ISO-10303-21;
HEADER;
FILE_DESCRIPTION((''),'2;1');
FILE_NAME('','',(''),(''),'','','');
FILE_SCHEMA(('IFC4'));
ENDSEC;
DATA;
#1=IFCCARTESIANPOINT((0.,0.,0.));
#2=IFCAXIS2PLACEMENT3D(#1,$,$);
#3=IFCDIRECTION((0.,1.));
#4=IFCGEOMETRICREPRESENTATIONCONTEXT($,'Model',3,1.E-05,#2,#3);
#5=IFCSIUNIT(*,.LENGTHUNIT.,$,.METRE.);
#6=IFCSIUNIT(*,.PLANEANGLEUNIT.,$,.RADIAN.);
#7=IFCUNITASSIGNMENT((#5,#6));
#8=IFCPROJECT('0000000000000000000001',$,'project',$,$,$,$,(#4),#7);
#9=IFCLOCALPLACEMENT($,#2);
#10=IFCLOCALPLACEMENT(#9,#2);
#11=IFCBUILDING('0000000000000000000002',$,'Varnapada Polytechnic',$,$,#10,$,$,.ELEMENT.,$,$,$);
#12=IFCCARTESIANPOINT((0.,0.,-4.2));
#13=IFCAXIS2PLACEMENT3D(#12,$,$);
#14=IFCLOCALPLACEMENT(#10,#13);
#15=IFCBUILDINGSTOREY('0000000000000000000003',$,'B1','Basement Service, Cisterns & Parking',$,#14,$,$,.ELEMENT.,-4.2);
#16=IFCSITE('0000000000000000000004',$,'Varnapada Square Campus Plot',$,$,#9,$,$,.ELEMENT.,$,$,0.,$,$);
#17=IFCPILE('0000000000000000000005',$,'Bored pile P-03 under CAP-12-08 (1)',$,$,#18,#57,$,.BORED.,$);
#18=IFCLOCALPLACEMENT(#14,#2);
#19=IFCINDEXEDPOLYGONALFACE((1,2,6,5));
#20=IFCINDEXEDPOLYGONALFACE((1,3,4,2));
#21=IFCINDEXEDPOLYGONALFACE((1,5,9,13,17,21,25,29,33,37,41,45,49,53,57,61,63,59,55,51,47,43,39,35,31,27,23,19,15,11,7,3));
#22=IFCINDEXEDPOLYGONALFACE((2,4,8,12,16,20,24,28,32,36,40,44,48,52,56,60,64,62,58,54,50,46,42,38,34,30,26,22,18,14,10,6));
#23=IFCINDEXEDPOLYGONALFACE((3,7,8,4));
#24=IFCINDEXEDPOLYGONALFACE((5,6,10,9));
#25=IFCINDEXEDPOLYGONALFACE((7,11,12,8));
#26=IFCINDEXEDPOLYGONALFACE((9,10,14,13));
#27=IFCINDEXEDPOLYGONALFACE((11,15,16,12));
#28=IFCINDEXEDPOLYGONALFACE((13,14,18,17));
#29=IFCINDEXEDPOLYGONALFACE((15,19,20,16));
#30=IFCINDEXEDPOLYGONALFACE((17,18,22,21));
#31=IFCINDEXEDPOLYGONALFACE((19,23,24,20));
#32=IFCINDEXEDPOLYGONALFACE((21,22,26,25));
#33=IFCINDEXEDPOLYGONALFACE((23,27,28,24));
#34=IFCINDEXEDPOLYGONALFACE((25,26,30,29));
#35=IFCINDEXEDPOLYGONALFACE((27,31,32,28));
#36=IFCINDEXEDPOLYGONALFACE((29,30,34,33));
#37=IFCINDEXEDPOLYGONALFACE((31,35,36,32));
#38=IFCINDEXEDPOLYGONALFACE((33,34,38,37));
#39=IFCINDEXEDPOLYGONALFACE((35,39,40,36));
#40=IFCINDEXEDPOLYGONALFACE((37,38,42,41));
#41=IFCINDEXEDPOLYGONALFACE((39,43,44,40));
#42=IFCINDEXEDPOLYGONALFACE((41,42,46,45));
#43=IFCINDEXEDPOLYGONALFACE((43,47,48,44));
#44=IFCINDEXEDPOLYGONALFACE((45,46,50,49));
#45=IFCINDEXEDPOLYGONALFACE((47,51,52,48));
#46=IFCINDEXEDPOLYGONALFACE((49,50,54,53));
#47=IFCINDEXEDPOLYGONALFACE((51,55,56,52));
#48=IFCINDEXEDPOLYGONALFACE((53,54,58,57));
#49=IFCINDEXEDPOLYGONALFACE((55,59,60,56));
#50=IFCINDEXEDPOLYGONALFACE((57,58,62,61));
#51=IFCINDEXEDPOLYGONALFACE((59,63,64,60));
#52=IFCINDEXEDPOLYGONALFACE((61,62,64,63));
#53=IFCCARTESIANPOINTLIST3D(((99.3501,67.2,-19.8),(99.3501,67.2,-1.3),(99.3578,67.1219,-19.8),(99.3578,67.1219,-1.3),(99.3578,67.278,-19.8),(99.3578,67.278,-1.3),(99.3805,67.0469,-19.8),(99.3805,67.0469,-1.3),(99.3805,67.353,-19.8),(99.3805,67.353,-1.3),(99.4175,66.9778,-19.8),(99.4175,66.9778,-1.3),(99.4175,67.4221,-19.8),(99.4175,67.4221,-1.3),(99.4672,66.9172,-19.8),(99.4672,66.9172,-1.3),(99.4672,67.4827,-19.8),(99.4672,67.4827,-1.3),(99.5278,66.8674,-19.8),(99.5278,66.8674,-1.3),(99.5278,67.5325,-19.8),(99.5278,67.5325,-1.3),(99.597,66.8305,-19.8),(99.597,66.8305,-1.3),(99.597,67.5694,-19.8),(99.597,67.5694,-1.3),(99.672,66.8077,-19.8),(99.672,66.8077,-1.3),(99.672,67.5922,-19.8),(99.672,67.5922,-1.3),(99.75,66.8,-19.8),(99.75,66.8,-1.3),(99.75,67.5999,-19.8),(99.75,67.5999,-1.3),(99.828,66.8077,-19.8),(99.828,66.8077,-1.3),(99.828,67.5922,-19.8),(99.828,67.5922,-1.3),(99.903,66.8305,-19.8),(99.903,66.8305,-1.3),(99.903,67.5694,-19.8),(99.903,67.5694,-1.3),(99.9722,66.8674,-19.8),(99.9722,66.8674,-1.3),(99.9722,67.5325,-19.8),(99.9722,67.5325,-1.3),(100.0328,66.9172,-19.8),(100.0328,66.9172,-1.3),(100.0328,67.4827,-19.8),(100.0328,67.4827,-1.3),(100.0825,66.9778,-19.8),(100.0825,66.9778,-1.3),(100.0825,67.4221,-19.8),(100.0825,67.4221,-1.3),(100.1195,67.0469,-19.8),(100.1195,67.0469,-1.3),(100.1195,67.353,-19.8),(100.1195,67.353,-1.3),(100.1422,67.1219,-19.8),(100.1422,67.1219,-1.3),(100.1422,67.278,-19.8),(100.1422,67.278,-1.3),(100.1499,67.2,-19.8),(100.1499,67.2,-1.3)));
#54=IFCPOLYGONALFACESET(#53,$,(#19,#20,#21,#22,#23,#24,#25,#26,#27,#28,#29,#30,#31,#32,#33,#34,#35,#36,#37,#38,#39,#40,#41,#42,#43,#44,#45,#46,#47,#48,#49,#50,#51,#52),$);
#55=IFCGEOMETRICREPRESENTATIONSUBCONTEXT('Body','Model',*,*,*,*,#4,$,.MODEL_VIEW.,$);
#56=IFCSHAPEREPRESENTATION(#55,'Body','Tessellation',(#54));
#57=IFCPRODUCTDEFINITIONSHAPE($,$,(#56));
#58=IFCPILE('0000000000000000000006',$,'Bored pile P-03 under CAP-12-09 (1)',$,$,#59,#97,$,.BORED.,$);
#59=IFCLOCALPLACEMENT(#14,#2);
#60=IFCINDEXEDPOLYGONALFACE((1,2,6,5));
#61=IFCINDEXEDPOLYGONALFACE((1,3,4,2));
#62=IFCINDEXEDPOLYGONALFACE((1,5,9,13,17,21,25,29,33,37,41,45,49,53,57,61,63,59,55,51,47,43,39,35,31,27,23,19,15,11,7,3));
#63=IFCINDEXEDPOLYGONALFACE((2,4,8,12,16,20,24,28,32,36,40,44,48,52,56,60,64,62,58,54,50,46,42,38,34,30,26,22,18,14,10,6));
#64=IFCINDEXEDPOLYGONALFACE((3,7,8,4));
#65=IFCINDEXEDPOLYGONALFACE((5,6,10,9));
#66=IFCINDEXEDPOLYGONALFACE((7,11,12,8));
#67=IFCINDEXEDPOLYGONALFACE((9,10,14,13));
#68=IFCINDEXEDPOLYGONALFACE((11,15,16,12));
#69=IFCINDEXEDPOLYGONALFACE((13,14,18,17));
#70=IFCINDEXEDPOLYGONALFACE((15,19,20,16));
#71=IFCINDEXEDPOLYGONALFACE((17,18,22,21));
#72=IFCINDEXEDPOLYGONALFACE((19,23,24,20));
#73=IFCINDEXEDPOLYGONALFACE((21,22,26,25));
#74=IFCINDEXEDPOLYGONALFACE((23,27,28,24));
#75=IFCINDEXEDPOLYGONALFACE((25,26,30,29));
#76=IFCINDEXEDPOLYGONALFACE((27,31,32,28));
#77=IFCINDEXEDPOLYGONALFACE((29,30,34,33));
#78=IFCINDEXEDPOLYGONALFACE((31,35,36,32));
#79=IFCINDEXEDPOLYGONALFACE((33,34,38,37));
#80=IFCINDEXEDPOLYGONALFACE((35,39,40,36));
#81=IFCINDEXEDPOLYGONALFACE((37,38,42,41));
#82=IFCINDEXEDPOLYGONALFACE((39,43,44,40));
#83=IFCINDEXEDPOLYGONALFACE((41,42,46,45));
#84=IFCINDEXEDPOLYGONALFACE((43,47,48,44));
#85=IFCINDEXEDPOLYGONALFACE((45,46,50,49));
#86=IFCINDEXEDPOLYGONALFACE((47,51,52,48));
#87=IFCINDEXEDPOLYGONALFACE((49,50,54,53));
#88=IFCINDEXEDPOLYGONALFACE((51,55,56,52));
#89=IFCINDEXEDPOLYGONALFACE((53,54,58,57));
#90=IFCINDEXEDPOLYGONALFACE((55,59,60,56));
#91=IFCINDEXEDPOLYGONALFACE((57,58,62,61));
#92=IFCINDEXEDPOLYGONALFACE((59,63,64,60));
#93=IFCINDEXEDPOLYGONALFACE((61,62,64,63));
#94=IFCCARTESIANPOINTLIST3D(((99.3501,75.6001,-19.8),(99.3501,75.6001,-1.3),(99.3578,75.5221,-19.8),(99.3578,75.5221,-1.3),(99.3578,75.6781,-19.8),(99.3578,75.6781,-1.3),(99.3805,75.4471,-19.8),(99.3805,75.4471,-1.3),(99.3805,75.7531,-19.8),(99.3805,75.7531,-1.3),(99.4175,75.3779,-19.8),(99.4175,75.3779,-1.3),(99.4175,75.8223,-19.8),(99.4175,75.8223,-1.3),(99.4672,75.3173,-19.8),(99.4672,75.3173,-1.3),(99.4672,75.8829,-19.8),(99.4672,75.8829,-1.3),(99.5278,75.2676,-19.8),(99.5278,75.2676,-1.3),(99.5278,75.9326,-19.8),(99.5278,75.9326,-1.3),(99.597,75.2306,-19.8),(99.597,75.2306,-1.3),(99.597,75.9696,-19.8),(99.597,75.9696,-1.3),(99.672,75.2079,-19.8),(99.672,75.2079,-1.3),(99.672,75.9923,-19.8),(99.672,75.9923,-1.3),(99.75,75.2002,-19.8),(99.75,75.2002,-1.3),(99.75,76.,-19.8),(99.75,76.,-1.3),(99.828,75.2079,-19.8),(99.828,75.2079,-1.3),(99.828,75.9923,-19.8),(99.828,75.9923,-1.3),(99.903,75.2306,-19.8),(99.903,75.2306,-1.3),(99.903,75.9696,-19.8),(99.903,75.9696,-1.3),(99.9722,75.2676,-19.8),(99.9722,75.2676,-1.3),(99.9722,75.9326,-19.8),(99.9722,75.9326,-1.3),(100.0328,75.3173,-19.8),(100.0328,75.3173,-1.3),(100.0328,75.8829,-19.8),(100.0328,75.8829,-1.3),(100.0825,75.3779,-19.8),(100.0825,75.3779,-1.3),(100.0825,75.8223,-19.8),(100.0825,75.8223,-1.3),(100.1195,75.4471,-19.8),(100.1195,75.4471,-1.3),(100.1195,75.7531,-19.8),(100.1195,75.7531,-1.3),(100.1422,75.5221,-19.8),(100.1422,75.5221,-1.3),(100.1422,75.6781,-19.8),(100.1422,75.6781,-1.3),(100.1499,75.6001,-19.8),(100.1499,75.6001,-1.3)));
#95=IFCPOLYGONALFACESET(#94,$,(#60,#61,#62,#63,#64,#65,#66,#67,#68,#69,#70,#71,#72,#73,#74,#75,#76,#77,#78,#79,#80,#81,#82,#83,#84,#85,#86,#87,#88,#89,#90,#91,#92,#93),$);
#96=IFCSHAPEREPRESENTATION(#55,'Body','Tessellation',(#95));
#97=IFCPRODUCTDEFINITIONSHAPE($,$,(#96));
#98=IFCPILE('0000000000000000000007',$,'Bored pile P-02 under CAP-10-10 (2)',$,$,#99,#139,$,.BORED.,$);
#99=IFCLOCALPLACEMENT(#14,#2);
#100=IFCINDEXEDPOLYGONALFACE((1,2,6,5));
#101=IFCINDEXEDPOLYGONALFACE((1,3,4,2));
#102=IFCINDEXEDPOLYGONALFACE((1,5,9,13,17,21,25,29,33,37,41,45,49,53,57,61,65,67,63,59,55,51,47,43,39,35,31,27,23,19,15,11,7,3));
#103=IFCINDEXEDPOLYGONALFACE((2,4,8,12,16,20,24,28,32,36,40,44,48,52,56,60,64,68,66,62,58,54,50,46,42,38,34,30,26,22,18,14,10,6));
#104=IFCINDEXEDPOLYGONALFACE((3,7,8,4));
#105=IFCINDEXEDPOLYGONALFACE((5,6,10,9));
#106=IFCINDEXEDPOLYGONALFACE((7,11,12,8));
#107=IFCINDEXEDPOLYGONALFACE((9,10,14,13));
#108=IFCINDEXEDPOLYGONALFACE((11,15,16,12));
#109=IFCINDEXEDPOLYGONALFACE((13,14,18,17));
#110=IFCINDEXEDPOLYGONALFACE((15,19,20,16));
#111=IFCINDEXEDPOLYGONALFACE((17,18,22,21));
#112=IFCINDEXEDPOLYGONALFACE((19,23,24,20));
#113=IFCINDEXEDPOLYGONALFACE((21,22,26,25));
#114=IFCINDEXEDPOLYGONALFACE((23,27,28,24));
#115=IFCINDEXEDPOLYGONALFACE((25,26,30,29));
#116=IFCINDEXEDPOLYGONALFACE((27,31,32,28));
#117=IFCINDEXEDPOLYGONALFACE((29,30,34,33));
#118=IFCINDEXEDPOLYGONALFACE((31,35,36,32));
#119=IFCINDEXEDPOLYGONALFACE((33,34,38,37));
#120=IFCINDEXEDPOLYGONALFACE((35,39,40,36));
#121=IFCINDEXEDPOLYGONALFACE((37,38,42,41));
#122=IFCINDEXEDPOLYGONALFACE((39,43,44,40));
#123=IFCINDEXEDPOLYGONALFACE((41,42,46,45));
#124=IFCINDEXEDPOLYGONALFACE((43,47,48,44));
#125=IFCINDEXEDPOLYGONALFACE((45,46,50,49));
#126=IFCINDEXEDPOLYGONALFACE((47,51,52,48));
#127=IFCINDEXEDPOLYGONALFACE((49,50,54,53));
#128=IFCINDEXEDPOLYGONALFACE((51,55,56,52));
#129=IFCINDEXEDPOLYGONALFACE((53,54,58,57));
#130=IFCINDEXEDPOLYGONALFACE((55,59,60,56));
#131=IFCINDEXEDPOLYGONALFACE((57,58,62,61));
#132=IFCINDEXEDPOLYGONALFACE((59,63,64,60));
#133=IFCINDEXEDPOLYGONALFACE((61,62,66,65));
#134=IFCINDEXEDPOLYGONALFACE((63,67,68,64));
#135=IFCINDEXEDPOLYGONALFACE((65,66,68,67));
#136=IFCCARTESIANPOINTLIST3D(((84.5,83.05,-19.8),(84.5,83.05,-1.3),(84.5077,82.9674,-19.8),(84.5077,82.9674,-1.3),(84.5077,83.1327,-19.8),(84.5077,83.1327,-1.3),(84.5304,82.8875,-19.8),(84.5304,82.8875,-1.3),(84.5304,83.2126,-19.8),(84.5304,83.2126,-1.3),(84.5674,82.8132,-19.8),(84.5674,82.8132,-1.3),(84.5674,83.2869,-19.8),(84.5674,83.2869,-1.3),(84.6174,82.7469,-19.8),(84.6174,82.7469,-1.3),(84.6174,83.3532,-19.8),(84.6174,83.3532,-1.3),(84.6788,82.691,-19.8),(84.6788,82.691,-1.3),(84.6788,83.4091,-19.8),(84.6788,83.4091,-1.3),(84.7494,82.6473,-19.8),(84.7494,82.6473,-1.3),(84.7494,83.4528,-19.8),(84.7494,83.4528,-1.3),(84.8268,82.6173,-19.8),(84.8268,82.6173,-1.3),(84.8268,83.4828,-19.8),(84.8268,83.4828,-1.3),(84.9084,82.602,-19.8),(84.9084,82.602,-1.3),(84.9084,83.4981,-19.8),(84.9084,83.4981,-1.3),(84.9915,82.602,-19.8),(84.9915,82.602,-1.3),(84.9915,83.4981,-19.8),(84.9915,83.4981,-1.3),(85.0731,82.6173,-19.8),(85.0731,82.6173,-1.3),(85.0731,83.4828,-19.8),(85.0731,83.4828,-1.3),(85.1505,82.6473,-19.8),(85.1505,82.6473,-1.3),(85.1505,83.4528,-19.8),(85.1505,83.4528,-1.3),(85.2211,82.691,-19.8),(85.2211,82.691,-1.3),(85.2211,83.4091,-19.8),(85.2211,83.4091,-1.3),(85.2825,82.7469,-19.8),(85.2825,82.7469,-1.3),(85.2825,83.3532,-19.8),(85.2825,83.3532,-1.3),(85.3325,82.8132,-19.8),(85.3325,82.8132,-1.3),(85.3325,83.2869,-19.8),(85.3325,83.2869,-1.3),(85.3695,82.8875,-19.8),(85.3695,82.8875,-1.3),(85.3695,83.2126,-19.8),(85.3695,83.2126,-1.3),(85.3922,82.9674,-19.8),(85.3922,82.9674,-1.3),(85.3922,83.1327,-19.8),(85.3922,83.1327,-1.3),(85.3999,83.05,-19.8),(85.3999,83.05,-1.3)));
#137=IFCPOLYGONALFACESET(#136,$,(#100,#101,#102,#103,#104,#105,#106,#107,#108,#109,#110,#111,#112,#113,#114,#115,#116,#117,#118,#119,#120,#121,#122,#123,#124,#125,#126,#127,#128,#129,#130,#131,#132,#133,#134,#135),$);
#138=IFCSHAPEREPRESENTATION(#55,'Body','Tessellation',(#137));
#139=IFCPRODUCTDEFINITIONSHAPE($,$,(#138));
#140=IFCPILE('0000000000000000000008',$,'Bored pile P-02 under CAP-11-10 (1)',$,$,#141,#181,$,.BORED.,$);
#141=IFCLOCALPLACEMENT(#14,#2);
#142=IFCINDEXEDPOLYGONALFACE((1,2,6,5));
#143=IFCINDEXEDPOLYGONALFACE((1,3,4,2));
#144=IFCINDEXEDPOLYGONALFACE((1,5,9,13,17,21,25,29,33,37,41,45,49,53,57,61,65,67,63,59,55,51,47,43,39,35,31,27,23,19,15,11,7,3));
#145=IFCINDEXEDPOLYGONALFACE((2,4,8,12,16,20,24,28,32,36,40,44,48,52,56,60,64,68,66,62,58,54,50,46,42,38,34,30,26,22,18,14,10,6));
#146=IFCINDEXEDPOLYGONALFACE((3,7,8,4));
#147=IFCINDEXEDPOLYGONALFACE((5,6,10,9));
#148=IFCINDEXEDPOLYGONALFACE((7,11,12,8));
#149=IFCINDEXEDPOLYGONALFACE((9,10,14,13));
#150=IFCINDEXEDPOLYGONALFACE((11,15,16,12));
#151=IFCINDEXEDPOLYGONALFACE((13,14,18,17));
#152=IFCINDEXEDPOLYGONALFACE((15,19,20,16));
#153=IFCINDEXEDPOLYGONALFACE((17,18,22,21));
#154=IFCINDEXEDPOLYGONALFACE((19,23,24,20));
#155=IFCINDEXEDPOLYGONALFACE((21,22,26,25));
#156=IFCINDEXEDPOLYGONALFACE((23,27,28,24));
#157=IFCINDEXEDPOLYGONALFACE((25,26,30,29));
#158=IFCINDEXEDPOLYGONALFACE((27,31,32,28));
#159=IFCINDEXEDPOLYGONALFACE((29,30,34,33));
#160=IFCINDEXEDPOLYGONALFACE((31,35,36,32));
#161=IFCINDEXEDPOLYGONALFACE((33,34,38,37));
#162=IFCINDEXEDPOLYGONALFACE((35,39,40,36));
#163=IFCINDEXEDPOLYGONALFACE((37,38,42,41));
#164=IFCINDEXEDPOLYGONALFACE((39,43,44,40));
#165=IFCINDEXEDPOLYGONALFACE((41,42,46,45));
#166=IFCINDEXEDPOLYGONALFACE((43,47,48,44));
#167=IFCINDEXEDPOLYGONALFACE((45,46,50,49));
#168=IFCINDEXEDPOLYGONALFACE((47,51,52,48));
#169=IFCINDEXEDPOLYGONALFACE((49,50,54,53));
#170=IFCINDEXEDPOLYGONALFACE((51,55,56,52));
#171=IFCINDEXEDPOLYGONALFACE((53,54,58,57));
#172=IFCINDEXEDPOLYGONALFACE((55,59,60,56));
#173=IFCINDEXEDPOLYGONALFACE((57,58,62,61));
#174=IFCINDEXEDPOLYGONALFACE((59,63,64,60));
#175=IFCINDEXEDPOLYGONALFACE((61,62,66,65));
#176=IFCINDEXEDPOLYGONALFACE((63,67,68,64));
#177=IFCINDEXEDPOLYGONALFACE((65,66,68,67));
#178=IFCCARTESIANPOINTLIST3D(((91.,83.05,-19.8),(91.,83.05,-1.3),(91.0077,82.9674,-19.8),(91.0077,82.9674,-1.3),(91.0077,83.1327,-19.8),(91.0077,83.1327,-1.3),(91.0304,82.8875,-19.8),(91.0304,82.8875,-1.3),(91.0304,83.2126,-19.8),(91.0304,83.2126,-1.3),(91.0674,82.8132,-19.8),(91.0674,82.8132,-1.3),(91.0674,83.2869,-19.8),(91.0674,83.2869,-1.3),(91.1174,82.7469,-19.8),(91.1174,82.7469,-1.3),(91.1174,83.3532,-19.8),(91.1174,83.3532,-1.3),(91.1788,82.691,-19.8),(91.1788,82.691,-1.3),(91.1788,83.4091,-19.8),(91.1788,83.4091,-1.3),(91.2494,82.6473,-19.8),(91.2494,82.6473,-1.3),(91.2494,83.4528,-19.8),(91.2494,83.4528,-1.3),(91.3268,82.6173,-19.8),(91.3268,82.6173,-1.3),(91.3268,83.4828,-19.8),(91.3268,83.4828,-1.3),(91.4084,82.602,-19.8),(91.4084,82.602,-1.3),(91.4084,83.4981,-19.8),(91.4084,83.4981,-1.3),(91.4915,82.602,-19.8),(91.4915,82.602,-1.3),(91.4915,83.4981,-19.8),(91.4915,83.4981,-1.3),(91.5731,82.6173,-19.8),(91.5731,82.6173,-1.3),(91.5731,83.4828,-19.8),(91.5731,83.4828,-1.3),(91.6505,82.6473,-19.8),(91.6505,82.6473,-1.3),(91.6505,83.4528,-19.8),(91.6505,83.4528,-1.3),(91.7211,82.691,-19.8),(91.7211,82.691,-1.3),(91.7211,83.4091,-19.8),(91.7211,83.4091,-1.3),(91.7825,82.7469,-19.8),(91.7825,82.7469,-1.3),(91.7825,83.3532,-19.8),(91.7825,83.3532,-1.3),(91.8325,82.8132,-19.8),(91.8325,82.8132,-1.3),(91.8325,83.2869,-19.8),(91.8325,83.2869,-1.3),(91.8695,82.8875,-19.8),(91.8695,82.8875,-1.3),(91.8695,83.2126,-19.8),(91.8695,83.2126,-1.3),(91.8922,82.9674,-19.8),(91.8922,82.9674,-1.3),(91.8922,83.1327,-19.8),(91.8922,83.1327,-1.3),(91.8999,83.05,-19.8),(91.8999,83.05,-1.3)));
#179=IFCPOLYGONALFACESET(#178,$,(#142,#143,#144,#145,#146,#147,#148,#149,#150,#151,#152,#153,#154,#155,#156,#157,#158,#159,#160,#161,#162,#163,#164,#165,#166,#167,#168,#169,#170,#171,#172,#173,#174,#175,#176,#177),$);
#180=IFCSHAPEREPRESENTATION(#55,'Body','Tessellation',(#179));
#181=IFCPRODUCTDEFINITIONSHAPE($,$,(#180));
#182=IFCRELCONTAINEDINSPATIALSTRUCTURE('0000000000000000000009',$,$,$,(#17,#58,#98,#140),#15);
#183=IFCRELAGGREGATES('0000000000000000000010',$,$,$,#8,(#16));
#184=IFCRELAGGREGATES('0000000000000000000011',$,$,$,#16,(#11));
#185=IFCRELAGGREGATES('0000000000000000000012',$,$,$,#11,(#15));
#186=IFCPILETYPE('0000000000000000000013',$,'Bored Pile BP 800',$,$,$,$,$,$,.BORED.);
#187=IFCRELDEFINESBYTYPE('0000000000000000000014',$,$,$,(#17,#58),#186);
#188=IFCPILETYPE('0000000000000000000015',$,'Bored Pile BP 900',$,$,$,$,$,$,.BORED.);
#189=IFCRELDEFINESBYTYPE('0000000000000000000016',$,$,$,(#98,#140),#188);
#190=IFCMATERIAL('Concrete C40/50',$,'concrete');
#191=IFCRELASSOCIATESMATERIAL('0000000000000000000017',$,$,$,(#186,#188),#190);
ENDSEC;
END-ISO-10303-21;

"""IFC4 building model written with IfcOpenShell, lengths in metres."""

from ifc_helpers import new_model, si_unit, direction, frame, origin, origin_2d, place, context, subcontext, project, spatial, circle, extrude, material, material_profile, profile_set, type_object, element, save


model = new_model("IFC4")

# Units and contexts
model_context = context("Model", 3, precision=1e-05, world=origin(), true_north=direction((0.0, 1.0)))
body_context = subcontext(model_context, "Body", "Model", "MODEL_VIEW")
ifc_project = project(units=[si_unit("LENGTHUNIT", "METRE"), si_unit("PLANEANGLEUNIT", "RADIAN")], contexts=[model_context])

# Site, building, storey
site_placement = place(None, origin())
site = spatial("IfcSite", under=ifc_project, at=site_placement, Name="Varnapada Square Campus Plot", CompositionType="ELEMENT", RefElevation=0.0)
building_placement = place(site_placement, origin())
building = spatial("IfcBuilding", under=site, at=building_placement, Name="Varnapada Polytechnic", CompositionType="ELEMENT")
storey_placement = place(building_placement, frame((0.0, 0.0, -4.2)))
storey = spatial("IfcBuildingStorey", under=building, at=storey_placement, Name="B1", Description="Basement Service, Cisterns & Parking", CompositionType="ELEMENT", Elevation=-4.2)

# Piles
ifc_material = material(Name="Concrete C40/50", Category="concrete")
ifc_material_profile_1 = material_profile(ifc_material, circle(Radius=0.3999, at=origin_2d()), Name="BP 800")
ifc_profile_set_1 = profile_set([ifc_material_profile_1], Name="Concrete C40/50")
pile_type_1 = type_object("IfcPileType", Name="Bored Pile BP 800", PredefinedType="BORED", material=ifc_profile_set_1)
for number, where, z_axis, x_axis, name in (
    (1, (99.75, 67.2, -1.3), (0.0, 0.0, -1.0), (1.0, 0.0, 0.0), "Bored pile P-03 under CAP-12-08 (1)"),
    (2, (99.75, 75.6001, -1.3), (0.0, 0.0, -1.0), (1.0, 0.0, 0.0), "Bored pile P-03 under CAP-12-09 (1)"),
):
    element("IfcPile", number, at=place(storey_placement, frame(where, z_axis=z_axis, x_axis=x_axis)), inside=storey, type_object=pile_type_1, Name=name, PredefinedType="BORED", context=body_context, shape_type="SweptSolid", body=[
        extrude(circle(Radius=0.3999, at=origin_2d()), origin(), (0.0, 0.0, 1.0), 18.5),
    ])
ifc_material_profile_2 = material_profile(ifc_material, circle(Radius=0.45, at=origin_2d()), Name="BP 900")
ifc_profile_set_2 = profile_set([ifc_material_profile_2], Name="Concrete C40/50")
pile_type_2 = type_object("IfcPileType", Name="Bored Pile BP 900", PredefinedType="BORED", material=ifc_profile_set_2)
for number, where, z_axis, x_axis, name in (
    (3, (84.95, 83.05, -1.3), (0.0, 0.0, -1.0), (1.0, 0.0, 0.0), "Bored pile P-02 under CAP-10-10 (2)"),
    (4, (91.45, 83.05, -1.3), (0.0, 0.0, -1.0), (1.0, 0.0, 0.0), "Bored pile P-02 under CAP-11-10 (1)"),
):
    element("IfcPile", number, at=place(storey_placement, frame(where, z_axis=z_axis, x_axis=x_axis)), inside=storey, type_object=pile_type_2, Name=name, PredefinedType="BORED", context=body_context, shape_type="SweptSolid", body=[
        extrude(circle(Radius=0.45, at=origin_2d()), origin(), (0.0, 0.0, 1.0), 18.5),
    ])

save(model, "model.ifc")
